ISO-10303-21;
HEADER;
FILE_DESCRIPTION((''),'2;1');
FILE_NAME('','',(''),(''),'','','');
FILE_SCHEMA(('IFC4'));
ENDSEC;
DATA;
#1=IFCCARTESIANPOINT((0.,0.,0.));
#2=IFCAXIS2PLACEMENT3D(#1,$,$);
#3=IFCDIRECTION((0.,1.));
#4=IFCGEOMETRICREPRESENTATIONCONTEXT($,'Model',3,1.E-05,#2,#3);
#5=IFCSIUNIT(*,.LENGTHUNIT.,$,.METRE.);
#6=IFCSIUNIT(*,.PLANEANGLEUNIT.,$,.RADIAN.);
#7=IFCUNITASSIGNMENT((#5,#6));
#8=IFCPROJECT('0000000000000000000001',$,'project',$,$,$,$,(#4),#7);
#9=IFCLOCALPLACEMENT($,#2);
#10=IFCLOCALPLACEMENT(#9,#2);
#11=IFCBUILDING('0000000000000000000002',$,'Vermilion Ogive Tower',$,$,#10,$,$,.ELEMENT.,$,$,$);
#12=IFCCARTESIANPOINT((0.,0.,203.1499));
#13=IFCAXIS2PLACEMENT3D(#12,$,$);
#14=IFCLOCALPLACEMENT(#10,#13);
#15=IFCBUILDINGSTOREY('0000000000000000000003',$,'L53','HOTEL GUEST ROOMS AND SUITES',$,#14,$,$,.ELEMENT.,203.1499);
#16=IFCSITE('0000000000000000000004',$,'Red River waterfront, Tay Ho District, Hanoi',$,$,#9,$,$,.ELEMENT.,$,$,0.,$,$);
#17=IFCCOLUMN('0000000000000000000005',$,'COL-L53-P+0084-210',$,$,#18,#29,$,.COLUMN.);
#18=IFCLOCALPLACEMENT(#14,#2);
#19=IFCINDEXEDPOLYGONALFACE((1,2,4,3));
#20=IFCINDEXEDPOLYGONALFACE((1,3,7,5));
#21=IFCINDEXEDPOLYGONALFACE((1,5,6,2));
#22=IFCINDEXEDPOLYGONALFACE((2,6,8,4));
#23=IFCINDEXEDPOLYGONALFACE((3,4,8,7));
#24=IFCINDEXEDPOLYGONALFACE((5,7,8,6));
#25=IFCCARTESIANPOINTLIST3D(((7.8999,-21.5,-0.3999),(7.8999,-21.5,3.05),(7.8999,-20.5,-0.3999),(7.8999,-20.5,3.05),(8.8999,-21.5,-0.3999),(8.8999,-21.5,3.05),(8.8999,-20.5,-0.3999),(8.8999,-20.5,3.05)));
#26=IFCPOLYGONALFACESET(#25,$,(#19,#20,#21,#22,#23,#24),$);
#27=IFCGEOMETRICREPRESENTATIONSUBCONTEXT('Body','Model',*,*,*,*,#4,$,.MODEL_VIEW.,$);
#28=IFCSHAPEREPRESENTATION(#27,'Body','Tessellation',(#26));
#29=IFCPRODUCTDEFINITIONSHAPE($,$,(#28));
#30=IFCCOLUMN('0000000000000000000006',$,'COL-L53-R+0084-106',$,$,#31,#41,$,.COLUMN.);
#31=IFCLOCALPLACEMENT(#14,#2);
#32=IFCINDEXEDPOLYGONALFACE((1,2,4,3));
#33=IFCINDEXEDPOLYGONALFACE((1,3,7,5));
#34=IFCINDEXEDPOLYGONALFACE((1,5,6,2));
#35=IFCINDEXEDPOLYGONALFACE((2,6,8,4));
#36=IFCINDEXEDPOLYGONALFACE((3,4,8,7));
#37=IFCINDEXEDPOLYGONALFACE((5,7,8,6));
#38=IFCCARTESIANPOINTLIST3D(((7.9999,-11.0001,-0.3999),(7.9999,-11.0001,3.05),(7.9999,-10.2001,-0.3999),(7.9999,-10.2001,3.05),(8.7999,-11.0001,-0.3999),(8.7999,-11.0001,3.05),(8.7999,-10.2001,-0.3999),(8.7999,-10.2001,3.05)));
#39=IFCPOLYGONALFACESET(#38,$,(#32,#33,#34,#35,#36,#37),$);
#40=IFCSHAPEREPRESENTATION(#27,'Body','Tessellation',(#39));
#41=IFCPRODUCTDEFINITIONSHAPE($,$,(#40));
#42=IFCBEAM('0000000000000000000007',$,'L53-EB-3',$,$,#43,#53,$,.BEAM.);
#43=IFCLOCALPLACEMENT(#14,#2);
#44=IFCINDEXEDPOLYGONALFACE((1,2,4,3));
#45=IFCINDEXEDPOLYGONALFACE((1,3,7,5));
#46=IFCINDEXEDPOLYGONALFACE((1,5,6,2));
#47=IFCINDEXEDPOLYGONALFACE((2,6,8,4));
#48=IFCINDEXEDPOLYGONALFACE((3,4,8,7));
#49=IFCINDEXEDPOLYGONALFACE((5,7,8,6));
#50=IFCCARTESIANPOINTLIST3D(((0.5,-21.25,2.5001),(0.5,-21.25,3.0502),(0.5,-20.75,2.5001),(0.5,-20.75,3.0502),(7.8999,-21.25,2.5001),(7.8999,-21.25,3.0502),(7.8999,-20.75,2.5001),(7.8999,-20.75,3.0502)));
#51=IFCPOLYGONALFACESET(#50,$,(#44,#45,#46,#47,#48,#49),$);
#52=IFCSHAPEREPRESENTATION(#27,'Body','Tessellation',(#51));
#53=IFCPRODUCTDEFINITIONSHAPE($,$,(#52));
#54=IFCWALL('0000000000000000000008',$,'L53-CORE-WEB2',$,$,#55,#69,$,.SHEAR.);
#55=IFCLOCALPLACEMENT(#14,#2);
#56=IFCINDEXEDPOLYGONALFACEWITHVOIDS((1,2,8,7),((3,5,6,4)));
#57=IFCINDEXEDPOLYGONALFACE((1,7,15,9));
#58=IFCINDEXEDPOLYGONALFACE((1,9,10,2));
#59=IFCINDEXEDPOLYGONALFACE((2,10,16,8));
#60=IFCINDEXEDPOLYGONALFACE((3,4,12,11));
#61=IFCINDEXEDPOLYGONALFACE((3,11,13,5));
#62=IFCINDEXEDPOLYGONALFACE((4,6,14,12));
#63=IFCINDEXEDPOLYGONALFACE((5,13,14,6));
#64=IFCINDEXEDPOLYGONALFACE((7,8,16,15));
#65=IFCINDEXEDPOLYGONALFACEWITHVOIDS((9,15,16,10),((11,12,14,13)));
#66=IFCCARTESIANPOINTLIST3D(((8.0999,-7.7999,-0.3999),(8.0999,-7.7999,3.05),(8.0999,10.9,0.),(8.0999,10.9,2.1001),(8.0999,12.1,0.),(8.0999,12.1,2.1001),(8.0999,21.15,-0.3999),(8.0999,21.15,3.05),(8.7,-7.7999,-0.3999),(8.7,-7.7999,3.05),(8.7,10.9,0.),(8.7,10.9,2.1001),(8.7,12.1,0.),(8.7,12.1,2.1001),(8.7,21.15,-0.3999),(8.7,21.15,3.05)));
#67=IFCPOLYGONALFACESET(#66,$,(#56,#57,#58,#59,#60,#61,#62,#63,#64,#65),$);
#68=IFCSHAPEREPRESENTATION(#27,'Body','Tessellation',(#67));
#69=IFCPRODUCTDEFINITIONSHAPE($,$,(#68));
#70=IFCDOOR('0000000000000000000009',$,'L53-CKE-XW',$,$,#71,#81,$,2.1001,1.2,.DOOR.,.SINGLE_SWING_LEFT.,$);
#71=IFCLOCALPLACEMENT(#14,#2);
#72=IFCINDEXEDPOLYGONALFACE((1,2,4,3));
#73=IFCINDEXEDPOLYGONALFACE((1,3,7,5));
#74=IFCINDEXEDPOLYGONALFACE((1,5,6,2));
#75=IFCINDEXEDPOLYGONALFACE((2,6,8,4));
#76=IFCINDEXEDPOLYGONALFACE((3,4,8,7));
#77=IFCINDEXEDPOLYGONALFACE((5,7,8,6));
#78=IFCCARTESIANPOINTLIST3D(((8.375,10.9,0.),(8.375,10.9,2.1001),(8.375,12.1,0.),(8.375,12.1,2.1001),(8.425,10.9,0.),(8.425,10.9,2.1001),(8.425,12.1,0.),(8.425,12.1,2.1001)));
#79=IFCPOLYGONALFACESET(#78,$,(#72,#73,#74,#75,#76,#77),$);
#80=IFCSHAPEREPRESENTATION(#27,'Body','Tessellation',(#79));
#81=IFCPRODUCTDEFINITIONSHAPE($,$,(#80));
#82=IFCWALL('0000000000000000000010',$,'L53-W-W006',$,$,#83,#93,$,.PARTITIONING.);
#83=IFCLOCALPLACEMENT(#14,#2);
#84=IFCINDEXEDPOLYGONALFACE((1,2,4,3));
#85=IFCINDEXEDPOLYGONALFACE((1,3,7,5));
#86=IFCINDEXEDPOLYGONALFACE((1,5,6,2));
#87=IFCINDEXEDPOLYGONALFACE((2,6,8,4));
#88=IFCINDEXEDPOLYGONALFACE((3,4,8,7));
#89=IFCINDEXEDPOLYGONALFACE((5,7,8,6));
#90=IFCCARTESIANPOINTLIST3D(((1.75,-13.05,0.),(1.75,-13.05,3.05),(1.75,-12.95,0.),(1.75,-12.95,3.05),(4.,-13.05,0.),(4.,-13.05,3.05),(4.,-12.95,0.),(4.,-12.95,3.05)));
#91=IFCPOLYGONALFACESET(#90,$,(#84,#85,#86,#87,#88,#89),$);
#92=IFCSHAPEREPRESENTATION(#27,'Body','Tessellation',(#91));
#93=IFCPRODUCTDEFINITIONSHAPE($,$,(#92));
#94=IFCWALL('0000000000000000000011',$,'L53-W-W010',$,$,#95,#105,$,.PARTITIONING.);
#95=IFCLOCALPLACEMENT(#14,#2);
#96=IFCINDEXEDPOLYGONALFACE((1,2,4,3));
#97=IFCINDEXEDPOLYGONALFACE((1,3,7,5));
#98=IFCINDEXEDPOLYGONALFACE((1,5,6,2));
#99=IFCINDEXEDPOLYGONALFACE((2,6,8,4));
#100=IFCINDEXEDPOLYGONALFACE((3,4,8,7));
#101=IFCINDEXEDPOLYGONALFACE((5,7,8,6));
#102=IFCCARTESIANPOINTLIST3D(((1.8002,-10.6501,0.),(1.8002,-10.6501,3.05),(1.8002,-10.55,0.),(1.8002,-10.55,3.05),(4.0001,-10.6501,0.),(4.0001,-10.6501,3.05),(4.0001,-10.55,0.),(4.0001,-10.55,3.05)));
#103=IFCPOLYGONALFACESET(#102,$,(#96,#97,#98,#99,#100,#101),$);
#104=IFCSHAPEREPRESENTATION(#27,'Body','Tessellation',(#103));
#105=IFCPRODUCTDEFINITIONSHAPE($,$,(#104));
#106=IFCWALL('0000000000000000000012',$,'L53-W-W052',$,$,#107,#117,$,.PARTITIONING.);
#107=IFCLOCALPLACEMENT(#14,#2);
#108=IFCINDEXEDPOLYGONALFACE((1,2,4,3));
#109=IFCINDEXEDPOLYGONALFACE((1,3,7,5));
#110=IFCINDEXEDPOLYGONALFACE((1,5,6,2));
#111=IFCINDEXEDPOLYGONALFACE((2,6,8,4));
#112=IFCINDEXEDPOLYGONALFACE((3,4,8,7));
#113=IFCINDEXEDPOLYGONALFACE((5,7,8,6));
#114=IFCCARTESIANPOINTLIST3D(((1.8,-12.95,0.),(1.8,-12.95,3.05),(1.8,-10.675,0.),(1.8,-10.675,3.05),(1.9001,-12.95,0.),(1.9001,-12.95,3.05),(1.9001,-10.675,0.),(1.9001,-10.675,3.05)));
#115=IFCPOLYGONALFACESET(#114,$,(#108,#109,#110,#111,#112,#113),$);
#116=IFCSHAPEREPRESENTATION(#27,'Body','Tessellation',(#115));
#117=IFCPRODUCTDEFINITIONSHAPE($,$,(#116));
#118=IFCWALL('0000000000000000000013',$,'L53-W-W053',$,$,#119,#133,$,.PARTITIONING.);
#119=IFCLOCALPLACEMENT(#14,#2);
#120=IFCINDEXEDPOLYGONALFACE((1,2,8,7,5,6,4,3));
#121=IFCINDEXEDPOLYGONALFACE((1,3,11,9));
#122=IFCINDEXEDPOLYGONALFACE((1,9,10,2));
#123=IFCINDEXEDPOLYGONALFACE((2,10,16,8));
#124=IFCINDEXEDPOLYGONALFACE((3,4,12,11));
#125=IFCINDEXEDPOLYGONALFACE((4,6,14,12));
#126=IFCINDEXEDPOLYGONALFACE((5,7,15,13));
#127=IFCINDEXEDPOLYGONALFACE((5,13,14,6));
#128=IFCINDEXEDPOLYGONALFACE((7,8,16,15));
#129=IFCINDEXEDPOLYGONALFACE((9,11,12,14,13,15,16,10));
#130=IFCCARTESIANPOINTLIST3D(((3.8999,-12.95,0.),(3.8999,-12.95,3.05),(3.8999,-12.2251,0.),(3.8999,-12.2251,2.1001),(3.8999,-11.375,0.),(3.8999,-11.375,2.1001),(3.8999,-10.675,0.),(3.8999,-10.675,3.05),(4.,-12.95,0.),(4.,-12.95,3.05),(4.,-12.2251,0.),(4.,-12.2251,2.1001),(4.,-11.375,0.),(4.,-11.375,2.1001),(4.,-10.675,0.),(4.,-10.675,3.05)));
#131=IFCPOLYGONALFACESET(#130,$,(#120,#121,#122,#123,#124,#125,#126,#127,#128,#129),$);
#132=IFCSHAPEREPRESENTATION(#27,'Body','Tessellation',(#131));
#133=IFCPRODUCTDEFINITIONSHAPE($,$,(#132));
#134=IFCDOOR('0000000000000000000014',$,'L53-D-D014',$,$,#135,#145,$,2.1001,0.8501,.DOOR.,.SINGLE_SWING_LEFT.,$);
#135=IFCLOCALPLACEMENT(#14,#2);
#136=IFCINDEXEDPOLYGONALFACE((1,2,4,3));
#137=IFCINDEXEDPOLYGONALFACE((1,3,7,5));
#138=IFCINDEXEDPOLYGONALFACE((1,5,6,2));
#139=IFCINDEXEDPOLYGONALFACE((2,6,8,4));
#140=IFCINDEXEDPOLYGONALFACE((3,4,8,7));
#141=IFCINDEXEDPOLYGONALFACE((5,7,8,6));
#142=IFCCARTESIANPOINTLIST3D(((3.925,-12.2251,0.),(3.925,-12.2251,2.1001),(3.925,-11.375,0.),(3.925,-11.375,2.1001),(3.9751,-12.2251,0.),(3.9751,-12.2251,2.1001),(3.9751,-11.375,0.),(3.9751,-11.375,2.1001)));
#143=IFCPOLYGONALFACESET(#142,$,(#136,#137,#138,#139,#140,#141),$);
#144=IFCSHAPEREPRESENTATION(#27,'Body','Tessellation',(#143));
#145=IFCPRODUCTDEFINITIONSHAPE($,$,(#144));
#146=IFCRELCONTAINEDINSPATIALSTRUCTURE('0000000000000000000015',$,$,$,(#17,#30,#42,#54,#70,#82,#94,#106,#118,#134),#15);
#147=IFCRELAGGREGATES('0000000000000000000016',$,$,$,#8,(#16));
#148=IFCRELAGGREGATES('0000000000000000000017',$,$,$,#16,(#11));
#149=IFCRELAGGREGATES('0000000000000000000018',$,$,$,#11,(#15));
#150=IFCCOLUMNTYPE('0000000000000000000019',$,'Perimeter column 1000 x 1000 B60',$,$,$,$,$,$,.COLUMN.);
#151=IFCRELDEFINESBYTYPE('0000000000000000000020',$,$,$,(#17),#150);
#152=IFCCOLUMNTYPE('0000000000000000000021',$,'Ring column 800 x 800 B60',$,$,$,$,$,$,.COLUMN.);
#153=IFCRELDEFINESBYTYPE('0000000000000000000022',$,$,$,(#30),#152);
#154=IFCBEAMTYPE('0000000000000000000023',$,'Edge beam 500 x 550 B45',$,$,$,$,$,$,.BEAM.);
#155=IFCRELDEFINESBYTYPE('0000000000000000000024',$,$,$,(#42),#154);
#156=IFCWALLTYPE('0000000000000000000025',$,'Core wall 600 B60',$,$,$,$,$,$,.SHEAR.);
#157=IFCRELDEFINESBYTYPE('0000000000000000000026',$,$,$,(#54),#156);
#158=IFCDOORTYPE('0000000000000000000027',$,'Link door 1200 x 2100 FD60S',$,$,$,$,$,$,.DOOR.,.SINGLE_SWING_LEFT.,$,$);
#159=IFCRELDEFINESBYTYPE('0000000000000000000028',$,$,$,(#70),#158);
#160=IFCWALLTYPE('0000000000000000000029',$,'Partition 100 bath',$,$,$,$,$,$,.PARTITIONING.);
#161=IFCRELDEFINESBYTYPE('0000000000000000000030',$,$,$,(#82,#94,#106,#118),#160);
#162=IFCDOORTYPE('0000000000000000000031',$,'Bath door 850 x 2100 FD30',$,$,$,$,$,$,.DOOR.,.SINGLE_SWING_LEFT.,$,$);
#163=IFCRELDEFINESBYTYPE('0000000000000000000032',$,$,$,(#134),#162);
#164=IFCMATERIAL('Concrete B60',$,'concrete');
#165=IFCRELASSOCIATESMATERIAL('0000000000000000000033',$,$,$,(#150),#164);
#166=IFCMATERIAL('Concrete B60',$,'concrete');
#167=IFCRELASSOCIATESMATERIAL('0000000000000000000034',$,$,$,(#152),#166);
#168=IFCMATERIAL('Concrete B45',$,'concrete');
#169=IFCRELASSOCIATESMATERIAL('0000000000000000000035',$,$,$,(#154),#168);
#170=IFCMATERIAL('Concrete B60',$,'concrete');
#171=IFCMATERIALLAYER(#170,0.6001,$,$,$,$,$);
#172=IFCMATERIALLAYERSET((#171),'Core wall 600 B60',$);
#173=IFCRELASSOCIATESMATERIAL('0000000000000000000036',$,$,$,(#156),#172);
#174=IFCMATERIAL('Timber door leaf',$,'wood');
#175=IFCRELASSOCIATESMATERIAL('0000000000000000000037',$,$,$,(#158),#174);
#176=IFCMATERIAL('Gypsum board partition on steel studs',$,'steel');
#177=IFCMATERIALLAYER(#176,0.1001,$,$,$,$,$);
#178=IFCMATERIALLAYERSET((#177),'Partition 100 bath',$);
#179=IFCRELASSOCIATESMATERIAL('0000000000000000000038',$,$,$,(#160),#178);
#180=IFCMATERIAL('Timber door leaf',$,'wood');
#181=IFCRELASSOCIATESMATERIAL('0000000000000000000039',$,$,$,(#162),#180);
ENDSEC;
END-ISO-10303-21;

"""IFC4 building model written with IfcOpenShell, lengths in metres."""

from ifc_helpers import new_model, si_unit, direction, frame, frame_2d, origin, origin_2d, place, context, subcontext, project, spatial, rectangle, extrude, material, layer, layer_set, material_profile, profile_set, type_object, element, fill, save


model = new_model("IFC4")

# Units and contexts
model_context = context("Model", 3, precision=1e-05, world=origin(), true_north=direction((0.0, 1.0)))
body_context = subcontext(model_context, "Body", "Model", "MODEL_VIEW")
ifc_project = project(units=[si_unit("LENGTHUNIT", "METRE"), si_unit("PLANEANGLEUNIT", "RADIAN")], contexts=[model_context])

# Site, building, storey
site_placement = place(None, origin())
site = spatial("IfcSite", under=ifc_project, at=site_placement, Name="Red River waterfront, Tay Ho District, Hanoi", CompositionType="ELEMENT", RefElevation=0.0)
building_placement = place(site_placement, origin())
building = spatial("IfcBuilding", under=site, at=building_placement, Name="Vermilion Ogive Tower", CompositionType="ELEMENT")
storey_placement = place(building_placement, frame((0.0, 0.0, 203.1499)))
storey = spatial("IfcBuildingStorey", under=building, at=storey_placement, Name="L53", Description="HOTEL GUEST ROOMS AND SUITES", CompositionType="ELEMENT", Elevation=203.1499)

# Columns
ifc_material_1 = material(Name="Concrete B60", Category="concrete")
ifc_material_profile_1 = material_profile(ifc_material_1, rectangle(XDim=1.0, YDim=1.0, at=origin_2d()), Name="1000 x 1000")
ifc_profile_set_1 = profile_set([ifc_material_profile_1], Name="Concrete B60")
column_type_1 = type_object("IfcColumnType", Name="Perimeter column 1000 x 1000 B60", PredefinedType="COLUMN", material=ifc_profile_set_1)
column_1_placement = place(storey_placement, frame((8.3999, -21.0, -0.3999), z_axis=(0.0, 0.0, 1.0), x_axis=(1.0, 0.0, 0.0)))
element("IfcColumn", 1, at=column_1_placement, inside=storey, type_object=column_type_1, Name="COL-L53-P+0084-210", PredefinedType="COLUMN", context=body_context, shape_type="SweptSolid", body=[
    extrude(rectangle(XDim=1.0, YDim=1.0, at=origin_2d()), origin(), (0.0, 0.0, 1.0), 3.45),
])
ifc_material_2 = material(Name="Concrete B60", Category="concrete")
ifc_material_profile_2 = material_profile(ifc_material_2, rectangle(XDim=0.8, YDim=0.8, at=origin_2d()), Name="800 x 800")
ifc_profile_set_2 = profile_set([ifc_material_profile_2], Name="Concrete B60")
column_type_2 = type_object("IfcColumnType", Name="Ring column 800 x 800 B60", PredefinedType="COLUMN", material=ifc_profile_set_2)
column_2_placement = place(storey_placement, frame((8.3999, -10.6001, -0.3999), z_axis=(0.0, 0.0, 1.0), x_axis=(1.0, 0.0, 0.0)))
element("IfcColumn", 2, at=column_2_placement, inside=storey, type_object=column_type_2, Name="COL-L53-R+0084-106", PredefinedType="COLUMN", context=body_context, shape_type="SweptSolid", body=[
    extrude(rectangle(XDim=0.8, YDim=0.8, at=origin_2d()), origin(), (0.0, 0.0, 1.0), 3.45),
])

# Beam
ifc_material_3 = material(Name="Concrete B45", Category="concrete")
ifc_material_profile_3 = material_profile(ifc_material_3, rectangle(XDim=0.5, YDim=0.55, at=origin_2d()), Name="500 x 550")
ifc_profile_set_3 = profile_set([ifc_material_profile_3], Name="Concrete B45")
beam_type = type_object("IfcBeamType", Name="Edge beam 500 x 550 B45", PredefinedType="BEAM", material=ifc_profile_set_3)
beam_placement = place(storey_placement, frame((0.5, -21.0, 2.7751), z_axis=(1.0, 0.0, 0.0), x_axis=(0.0, 1.0, 0.0)))
element("IfcBeam", 3, at=beam_placement, inside=storey, type_object=beam_type, Name="L53-EB-3", PredefinedType="BEAM", context=body_context, shape_type="SweptSolid", body=[
    extrude(rectangle(XDim=0.5, YDim=0.55, at=origin_2d()), origin(), (0.0, 0.0, 1.0), 7.3999),
])

# Wall, opening, door
ifc_material_4 = material(Name="Concrete B60", Category="concrete")
ifc_layer_1 = layer(ifc_material_4, 0.6001)
ifc_layer_set_1 = layer_set([ifc_layer_1], Name="Core wall 600 B60")
wall_type_1 = type_object("IfcWallType", Name="Core wall 600 B60", PredefinedType="SHEAR", material=ifc_layer_set_1)
wall_1_placement = place(storey_placement, frame((8.3999, -7.8, -0.3999), z_axis=(0.0, 0.0, 1.0), x_axis=(0.0, 1.0, 0.0)))
wall_1 = element("IfcWall", 4, at=wall_1_placement, inside=storey, type_object=wall_type_1, Name="L53-CORE-WEB2", PredefinedType="SHEAR", context=body_context, shape_type="SweptSolid", body=[
    extrude(rectangle(XDim=28.95, YDim=0.6001, at=frame_2d((14.4751, 0.0))), origin(), (0.0, 0.0, 1.0), 3.45),
])
opening_1_placement = place(wall_1_placement, frame((18.7, 0.0, 0.3999)))
opening_1 = element("IfcOpeningElement", 5, at=opening_1_placement, cuts=wall_1, PredefinedType="OPENING", context=body_context, shape_type="SweptSolid", body=[
    extrude(rectangle(XDim=1.2, YDim=2.1001, at=frame_2d((0.6001, 1.05))), frame((0.0, 0.3101, 0.0), z_axis=(0.0, -1.0, 0.0), x_axis=(1.0, 0.0, 0.0)), (0.0, 0.0, 1.0), 0.6201),
])
ifc_material_5 = material(Name="Timber door leaf", Category="wood")
door_type_1 = type_object("IfcDoorType", Name="Link door 1200 x 2100 FD60S", OperationType="SINGLE_SWING_LEFT", PredefinedType="DOOR", material=ifc_material_5)
door_1_placement = place(opening_1_placement, origin())
door_1 = element("IfcDoor", 6, at=door_1_placement, inside=storey, type_object=door_type_1, Name="L53-CKE-XW", OperationType="SINGLE_SWING_LEFT", OverallHeight=2.1001, OverallWidth=1.2, PredefinedType="DOOR", context=body_context, shape_type="SweptSolid", body=[
    extrude(rectangle(XDim=1.2, YDim=2.1001, at=frame_2d((0.6001, 1.05))), frame((0.0, 0.0249, 0.0), z_axis=(0.0, -1.0, 0.0), x_axis=(1.0, 0.0, 0.0)), (0.0, 0.0, 1.0), 0.05),
])
fill(opening_1, door_1)

# Walls
ifc_material_6 = material(Name="Gypsum board partition on steel studs", Category="steel")
ifc_layer_2 = layer(ifc_material_6, 0.1001)
ifc_layer_set_2 = layer_set([ifc_layer_2], Name="Partition 100 bath")
wall_type_2 = type_object("IfcWallType", Name="Partition 100 bath", PredefinedType="PARTITIONING", material=ifc_layer_set_2)
wall_2_placement = place(storey_placement, frame((1.75, -13.0, 0.0), z_axis=(0.0, 0.0, 1.0), x_axis=(1.0, 0.0, 0.0)))
element("IfcWall", 7, at=wall_2_placement, inside=storey, type_object=wall_type_2, Name="L53-W-W006", PredefinedType="PARTITIONING", context=body_context, shape_type="SweptSolid", body=[
    extrude(rectangle(XDim=2.25, YDim=0.1001, at=frame_2d((1.125, 0.0))), origin(), (0.0, 0.0, 1.0), 3.05),
])
wall_3_placement = place(storey_placement, frame((1.8, -10.6001, 0.0), z_axis=(0.0, 0.0, 1.0), x_axis=(1.0, 0.0, 0.0)))
element("IfcWall", 8, at=wall_3_placement, inside=storey, type_object=wall_type_2, Name="L53-W-W010", PredefinedType="PARTITIONING", context=body_context, shape_type="SweptSolid", body=[
    extrude(rectangle(XDim=2.2, YDim=0.1001, at=frame_2d((1.1001, 0.0))), origin(), (0.0, 0.0, 1.0), 3.05),
])
wall_4_placement = place(storey_placement, frame((1.8501, -12.95, 0.0), z_axis=(0.0, 0.0, 1.0), x_axis=(0.0, 1.0, 0.0)))
element("IfcWall", 9, at=wall_4_placement, inside=storey, type_object=wall_type_2, Name="L53-W-W052", PredefinedType="PARTITIONING", context=body_context, shape_type="SweptSolid", body=[
    extrude(rectangle(XDim=2.2749, YDim=0.1001, at=frame_2d((1.1375, 0.0))), origin(), (0.0, 0.0, 1.0), 3.05),
])

# Wall, opening, door
wall_5_placement = place(storey_placement, frame((3.95, -12.95, 0.0), z_axis=(0.0, 0.0, 1.0), x_axis=(0.0, 1.0, 0.0)))
wall_5 = element("IfcWall", 10, at=wall_5_placement, inside=storey, type_object=wall_type_2, Name="L53-W-W053", PredefinedType="PARTITIONING", context=body_context, shape_type="SweptSolid", body=[
    extrude(rectangle(XDim=2.2749, YDim=0.1001, at=frame_2d((1.1375, 0.0))), origin(), (0.0, 0.0, 1.0), 3.05),
])
opening_2_placement = place(wall_5_placement, frame((0.7249, 0.0, 0.0)))
opening_2 = element("IfcOpeningElement", 11, at=opening_2_placement, cuts=wall_5, PredefinedType="OPENING", context=body_context, shape_type="SweptSolid", body=[
    extrude(rectangle(XDim=0.8501, YDim=2.1001, at=frame_2d((0.425, 1.05))), frame((0.0, 0.0601, 0.0), z_axis=(0.0, -1.0, 0.0), x_axis=(1.0, 0.0, 0.0)), (0.0, 0.0, 1.0), 0.1201),
])
ifc_material_7 = material(Name="Timber door leaf", Category="wood")
door_type_2 = type_object("IfcDoorType", Name="Bath door 850 x 2100 FD30", OperationType="SINGLE_SWING_LEFT", PredefinedType="DOOR", material=ifc_material_7)
door_2_placement = place(opening_2_placement, origin())
door_2 = element("IfcDoor", 12, at=door_2_placement, inside=storey, type_object=door_type_2, Name="L53-D-D014", OperationType="SINGLE_SWING_LEFT", OverallHeight=2.1001, OverallWidth=0.8501, PredefinedType="DOOR", context=body_context, shape_type="SweptSolid", body=[
    extrude(rectangle(XDim=0.8501, YDim=2.1001, at=frame_2d((0.425, 1.05))), frame((0.0, 0.0249, 0.0), z_axis=(0.0, -1.0, 0.0), x_axis=(1.0, 0.0, 0.0)), (0.0, 0.0, 1.0), 0.05),
])
fill(opening_2, door_2)

save(model, "model.ifc")
